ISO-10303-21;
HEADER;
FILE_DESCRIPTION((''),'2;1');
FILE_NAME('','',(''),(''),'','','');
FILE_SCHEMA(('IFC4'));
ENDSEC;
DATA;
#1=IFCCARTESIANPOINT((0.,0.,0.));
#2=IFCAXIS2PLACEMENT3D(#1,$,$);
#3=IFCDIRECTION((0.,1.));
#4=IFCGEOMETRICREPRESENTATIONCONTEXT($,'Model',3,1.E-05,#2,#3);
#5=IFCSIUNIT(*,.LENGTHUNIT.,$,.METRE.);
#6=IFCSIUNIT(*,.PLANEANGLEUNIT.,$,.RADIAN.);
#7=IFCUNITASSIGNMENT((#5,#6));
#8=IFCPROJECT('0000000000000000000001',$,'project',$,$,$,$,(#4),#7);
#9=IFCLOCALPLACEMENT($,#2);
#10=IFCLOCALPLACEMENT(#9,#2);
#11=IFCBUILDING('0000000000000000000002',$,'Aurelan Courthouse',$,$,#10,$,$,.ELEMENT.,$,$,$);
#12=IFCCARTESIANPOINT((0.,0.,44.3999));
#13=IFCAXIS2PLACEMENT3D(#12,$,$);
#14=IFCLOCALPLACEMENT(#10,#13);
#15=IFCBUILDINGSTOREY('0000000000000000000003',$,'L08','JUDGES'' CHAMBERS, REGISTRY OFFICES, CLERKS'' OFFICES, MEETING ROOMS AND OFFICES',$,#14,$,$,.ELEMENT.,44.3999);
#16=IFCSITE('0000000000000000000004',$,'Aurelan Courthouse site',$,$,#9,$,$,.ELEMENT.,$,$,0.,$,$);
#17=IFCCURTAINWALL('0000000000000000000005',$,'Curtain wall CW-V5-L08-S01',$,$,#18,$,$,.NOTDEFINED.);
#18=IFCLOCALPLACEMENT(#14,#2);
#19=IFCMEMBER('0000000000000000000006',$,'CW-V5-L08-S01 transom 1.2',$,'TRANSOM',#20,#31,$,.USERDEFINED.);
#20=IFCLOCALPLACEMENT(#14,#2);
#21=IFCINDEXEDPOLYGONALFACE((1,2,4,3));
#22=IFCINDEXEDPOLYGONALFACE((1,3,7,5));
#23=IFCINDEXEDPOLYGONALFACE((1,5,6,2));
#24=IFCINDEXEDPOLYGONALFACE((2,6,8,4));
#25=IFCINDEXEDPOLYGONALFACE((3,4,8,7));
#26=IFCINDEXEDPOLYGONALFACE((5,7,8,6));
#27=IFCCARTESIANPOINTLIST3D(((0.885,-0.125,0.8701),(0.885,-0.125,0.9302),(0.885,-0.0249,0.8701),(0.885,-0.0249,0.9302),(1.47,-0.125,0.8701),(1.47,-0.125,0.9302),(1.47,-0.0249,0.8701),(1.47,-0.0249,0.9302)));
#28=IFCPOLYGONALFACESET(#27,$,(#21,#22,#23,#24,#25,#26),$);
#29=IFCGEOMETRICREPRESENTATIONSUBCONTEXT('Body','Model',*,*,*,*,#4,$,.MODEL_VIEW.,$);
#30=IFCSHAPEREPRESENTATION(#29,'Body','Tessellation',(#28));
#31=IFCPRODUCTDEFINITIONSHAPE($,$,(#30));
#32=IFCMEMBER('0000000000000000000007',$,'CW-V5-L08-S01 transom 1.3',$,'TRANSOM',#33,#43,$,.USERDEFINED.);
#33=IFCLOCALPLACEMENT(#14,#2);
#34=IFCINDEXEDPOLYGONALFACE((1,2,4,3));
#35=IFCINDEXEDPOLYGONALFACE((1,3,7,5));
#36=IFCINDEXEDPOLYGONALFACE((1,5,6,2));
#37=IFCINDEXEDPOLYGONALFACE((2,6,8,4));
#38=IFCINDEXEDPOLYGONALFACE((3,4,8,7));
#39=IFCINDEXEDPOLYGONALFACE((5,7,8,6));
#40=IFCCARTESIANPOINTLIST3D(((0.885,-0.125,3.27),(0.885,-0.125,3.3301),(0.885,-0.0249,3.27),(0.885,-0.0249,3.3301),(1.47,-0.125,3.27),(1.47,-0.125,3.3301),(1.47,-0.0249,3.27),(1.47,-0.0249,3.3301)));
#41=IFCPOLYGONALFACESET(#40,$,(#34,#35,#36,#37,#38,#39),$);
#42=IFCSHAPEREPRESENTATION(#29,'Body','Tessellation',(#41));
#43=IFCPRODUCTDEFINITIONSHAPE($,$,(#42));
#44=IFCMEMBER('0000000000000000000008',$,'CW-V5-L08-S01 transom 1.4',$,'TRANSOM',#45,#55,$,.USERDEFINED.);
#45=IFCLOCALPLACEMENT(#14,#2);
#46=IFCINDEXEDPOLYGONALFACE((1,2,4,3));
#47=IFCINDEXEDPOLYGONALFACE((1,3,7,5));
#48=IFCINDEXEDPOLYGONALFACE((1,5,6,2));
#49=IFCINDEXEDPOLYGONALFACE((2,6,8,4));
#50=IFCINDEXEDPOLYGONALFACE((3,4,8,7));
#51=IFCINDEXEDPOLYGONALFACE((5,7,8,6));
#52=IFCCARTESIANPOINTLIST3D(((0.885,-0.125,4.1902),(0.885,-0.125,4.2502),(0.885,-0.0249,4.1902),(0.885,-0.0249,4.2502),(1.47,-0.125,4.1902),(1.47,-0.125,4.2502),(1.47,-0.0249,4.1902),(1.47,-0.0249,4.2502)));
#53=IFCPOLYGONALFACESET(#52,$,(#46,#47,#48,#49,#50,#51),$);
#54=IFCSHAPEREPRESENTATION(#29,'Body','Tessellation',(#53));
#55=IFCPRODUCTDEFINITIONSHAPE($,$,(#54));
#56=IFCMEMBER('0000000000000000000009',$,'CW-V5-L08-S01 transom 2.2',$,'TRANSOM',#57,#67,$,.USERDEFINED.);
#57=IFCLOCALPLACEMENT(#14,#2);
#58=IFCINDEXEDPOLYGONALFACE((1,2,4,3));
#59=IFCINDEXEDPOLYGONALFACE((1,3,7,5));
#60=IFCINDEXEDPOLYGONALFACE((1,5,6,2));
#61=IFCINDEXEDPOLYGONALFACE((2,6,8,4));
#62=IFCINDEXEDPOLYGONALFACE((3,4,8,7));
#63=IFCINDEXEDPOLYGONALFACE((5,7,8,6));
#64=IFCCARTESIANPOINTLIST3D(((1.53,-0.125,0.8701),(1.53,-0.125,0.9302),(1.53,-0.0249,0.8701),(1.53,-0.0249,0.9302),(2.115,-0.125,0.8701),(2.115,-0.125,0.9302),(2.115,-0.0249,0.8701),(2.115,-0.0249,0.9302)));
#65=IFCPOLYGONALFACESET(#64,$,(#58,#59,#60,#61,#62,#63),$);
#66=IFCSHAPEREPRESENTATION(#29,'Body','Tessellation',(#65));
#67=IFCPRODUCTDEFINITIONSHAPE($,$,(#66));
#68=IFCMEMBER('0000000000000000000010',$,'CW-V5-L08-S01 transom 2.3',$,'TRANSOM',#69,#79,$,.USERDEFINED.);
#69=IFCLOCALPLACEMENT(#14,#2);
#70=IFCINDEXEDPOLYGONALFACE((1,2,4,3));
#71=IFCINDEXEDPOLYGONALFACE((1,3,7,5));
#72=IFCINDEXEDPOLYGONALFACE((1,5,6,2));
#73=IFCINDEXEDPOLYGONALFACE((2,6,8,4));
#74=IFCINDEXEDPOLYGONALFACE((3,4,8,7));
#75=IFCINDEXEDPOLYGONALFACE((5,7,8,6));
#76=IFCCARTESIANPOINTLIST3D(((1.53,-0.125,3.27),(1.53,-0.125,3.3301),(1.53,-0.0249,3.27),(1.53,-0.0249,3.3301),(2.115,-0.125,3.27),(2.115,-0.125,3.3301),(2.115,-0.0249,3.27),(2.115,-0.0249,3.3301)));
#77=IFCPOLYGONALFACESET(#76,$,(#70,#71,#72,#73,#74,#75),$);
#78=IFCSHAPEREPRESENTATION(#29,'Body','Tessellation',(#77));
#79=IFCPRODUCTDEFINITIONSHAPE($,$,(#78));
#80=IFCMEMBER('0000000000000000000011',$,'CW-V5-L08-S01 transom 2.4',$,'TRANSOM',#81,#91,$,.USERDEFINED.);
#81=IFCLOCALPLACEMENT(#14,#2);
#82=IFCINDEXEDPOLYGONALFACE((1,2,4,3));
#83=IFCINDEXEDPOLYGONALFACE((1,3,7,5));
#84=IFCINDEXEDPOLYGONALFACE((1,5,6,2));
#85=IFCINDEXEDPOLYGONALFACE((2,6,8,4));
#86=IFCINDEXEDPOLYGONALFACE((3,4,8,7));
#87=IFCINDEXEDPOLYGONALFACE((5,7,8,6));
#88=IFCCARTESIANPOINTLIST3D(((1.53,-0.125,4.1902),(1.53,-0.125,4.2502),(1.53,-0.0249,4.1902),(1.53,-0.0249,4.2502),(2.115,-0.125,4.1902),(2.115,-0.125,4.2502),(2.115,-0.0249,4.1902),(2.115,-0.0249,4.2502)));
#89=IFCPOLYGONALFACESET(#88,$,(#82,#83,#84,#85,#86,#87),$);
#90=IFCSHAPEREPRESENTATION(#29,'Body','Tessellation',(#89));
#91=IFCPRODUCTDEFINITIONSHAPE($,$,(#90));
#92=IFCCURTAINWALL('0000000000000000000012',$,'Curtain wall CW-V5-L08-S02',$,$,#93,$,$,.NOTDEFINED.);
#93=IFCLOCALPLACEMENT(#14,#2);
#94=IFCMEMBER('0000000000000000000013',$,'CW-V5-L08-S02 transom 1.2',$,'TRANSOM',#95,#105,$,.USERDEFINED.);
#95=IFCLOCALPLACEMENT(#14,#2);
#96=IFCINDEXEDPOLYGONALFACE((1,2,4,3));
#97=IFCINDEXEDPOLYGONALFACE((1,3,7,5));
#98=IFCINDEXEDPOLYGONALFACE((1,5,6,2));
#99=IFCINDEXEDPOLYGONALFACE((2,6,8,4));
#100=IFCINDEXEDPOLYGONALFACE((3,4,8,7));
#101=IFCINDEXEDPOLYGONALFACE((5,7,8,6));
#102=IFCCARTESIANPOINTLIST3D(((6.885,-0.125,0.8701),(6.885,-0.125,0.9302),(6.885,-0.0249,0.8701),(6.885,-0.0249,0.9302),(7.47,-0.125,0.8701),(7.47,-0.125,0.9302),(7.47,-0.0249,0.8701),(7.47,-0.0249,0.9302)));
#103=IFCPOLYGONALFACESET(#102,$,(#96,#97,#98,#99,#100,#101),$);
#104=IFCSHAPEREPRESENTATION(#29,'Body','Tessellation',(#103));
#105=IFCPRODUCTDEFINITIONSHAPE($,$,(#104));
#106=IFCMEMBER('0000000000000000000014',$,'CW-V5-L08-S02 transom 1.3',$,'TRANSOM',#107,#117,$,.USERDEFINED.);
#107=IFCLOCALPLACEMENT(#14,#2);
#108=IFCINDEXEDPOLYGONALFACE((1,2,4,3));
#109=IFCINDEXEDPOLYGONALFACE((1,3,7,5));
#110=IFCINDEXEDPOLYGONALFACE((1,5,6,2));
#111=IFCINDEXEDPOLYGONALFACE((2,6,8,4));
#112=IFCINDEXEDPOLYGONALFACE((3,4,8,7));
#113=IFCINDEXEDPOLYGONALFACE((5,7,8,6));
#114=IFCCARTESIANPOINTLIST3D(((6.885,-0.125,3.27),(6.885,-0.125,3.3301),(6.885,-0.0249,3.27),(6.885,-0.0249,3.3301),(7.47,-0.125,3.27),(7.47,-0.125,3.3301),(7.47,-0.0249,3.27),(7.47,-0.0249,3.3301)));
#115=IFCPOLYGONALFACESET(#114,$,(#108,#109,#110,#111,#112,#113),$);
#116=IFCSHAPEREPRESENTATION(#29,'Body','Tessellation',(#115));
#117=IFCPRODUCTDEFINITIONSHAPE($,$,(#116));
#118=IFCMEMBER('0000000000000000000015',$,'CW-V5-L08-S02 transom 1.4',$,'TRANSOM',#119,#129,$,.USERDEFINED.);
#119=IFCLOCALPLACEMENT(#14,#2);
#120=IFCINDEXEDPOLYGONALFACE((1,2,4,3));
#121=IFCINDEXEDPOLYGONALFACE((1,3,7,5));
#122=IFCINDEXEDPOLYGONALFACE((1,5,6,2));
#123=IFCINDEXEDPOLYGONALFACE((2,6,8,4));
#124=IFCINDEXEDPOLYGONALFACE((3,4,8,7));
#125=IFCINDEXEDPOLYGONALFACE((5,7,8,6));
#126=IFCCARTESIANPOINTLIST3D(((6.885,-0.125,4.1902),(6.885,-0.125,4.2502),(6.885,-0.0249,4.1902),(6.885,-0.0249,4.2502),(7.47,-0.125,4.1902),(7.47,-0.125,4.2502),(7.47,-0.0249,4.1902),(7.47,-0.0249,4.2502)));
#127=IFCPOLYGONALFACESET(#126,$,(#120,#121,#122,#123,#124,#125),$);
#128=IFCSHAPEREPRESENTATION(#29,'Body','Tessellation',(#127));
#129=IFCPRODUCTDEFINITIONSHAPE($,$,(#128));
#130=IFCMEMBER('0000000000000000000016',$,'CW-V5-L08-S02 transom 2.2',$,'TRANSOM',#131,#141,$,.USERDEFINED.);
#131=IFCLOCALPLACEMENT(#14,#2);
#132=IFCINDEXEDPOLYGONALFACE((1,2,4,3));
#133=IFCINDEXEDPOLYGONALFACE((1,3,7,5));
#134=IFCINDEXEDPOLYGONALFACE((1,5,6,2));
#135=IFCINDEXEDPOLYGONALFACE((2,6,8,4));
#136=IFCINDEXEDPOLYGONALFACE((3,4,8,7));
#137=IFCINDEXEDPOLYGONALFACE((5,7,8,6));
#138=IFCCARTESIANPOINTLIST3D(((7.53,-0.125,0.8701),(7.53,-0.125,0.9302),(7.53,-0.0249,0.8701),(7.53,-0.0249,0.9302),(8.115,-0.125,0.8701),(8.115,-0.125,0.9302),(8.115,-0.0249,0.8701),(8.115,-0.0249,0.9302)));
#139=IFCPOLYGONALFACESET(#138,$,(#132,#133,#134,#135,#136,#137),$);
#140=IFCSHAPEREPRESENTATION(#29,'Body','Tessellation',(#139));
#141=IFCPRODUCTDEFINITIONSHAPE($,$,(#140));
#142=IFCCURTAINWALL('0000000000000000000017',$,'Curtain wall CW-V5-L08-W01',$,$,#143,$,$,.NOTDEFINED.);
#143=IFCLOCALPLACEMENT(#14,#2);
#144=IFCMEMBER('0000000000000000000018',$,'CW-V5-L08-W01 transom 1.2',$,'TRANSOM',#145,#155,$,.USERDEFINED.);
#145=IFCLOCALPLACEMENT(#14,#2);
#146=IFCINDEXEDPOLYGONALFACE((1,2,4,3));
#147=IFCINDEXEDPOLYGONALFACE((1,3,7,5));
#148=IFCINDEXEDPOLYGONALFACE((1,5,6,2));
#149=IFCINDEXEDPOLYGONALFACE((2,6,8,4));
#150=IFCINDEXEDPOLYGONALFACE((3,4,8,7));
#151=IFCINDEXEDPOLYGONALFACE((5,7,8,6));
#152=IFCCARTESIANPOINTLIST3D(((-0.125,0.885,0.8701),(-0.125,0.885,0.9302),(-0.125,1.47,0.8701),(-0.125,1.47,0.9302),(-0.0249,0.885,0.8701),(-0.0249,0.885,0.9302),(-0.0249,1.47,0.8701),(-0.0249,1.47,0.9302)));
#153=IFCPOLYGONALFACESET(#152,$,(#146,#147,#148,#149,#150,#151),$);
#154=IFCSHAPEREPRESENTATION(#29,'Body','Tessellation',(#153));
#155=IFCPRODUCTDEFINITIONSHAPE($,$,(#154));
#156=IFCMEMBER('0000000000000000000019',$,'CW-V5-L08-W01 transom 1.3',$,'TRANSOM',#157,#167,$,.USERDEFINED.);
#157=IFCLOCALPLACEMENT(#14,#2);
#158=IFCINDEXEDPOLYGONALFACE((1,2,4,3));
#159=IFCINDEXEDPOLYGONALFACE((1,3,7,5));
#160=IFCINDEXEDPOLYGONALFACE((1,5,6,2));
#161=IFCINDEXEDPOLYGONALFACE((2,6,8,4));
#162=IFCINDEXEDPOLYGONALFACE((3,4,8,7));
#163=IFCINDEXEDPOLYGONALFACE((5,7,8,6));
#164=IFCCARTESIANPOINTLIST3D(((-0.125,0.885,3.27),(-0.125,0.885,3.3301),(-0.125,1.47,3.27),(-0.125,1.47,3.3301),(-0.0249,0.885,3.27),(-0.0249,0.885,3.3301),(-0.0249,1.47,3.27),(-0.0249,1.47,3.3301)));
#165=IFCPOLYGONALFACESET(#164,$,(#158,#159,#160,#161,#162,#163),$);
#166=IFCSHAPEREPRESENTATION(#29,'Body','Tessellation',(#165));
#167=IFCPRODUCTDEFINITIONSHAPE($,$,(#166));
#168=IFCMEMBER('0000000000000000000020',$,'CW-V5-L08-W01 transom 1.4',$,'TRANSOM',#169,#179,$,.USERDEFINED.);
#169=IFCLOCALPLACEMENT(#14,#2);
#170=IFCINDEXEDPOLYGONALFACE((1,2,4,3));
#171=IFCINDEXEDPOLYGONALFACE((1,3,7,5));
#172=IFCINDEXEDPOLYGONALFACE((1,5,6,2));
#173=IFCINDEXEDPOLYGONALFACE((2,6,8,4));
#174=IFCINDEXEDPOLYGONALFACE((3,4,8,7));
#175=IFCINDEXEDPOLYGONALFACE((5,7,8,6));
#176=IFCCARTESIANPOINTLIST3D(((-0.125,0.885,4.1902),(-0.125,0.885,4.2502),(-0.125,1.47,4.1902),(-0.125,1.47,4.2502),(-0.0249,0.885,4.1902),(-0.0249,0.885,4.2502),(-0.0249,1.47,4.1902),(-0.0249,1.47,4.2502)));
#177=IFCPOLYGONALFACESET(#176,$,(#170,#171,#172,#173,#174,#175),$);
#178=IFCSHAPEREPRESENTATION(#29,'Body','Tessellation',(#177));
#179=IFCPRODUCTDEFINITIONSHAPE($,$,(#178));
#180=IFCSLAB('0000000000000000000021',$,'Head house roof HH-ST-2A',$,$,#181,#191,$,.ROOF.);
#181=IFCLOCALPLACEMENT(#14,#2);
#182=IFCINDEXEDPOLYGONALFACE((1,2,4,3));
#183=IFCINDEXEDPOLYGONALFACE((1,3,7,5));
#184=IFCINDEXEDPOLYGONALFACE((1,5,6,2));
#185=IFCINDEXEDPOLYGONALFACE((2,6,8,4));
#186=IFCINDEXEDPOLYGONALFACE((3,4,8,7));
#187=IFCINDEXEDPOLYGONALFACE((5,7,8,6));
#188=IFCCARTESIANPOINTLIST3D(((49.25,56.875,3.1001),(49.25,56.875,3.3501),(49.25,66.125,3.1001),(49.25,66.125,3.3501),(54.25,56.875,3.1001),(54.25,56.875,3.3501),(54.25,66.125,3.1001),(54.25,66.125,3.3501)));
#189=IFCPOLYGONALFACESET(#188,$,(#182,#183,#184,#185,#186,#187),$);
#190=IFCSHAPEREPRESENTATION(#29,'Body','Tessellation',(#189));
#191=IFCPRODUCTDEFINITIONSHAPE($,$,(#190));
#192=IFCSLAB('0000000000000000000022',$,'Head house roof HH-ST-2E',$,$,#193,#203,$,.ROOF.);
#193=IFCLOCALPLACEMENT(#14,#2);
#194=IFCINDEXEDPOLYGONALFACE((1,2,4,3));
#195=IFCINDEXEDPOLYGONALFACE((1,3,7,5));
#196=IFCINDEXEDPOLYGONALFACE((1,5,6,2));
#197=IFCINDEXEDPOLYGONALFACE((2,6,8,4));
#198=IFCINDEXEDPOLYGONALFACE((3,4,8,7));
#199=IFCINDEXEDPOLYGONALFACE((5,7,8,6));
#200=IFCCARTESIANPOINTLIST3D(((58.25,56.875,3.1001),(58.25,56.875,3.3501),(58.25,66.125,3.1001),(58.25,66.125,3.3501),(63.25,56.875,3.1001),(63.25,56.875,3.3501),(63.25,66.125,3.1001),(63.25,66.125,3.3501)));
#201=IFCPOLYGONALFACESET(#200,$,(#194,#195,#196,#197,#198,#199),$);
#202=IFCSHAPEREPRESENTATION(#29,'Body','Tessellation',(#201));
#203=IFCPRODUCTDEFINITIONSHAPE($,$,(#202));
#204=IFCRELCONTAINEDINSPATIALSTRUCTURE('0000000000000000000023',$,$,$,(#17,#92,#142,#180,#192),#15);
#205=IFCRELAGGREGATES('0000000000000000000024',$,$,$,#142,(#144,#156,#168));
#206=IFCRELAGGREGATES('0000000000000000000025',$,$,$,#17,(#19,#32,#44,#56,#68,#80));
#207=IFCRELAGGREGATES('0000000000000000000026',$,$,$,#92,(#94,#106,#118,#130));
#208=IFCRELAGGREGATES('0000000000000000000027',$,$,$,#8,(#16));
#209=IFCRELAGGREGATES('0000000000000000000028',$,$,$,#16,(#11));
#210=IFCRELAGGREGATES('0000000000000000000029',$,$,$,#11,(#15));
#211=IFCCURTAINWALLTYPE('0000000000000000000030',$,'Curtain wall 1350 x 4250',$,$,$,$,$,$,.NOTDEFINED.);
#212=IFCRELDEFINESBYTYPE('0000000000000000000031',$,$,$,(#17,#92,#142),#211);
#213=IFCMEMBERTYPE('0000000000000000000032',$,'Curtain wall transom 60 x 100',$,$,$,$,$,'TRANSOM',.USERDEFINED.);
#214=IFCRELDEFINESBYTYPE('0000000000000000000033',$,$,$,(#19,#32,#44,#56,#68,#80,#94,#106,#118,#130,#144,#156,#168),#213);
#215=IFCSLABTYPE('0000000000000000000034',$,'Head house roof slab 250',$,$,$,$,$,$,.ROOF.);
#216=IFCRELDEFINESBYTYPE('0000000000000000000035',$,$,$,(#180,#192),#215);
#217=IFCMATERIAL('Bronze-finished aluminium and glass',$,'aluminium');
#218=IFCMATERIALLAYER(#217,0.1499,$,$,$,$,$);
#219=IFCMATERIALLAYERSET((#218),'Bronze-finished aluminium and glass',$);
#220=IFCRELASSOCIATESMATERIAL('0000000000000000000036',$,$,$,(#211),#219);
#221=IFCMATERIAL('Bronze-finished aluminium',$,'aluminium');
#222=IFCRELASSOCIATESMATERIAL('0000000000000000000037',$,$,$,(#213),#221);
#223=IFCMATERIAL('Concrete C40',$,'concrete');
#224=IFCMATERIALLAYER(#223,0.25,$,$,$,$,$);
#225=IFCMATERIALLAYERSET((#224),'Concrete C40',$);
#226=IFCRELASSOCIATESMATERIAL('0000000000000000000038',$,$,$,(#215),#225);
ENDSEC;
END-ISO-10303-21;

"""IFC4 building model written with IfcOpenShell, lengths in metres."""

from ifc_helpers import new_model, si_unit, direction, frame, origin, origin_2d, place, context, subcontext, project, spatial, polyline, rectangle, outline, extrude, material, layer, layer_set, material_profile, profile_set, type_object, element, aggregate, save


model = new_model("IFC4")

# Units and contexts
model_context = context("Model", 3, precision=1e-05, world=origin(), true_north=direction((0.0, 1.0)))
body_context = subcontext(model_context, "Body", "Model", "MODEL_VIEW")
ifc_project = project(units=[si_unit("LENGTHUNIT", "METRE"), si_unit("PLANEANGLEUNIT", "RADIAN")], contexts=[model_context])

# Site, building, storey
site_placement = place(None, origin())
site = spatial("IfcSite", under=ifc_project, at=site_placement, Name="Aurelan Courthouse site", CompositionType="ELEMENT", RefElevation=0.0)
building_placement = place(site_placement, origin())
building = spatial("IfcBuilding", under=site, at=building_placement, Name="Aurelan Courthouse", CompositionType="ELEMENT")
storey_placement = place(building_placement, frame((0.0, 0.0, 44.3999)))
storey = spatial("IfcBuildingStorey", under=building, at=storey_placement, Name="L08", Description="JUDGES' CHAMBERS, REGISTRY OFFICES, CLERKS' OFFICES, MEETING ROOMS AND OFFICES", CompositionType="ELEMENT", Elevation=44.3999)

# Curtain walls, members
ifc_material_1 = material(Name="Bronze-finished aluminium and glass", Category="aluminium")
ifc_layer_1 = layer(ifc_material_1, 0.1499)
ifc_layer_set_1 = layer_set([ifc_layer_1], Name="Bronze-finished aluminium and glass")
curtain_wall_type = type_object("IfcCurtainWallType", Name="Curtain wall 1350 x 4250", PredefinedType="NOTDEFINED", material=ifc_layer_set_1)
curtain_wall_1_placement = place(storey_placement, origin())
curtain_wall_1 = element("IfcCurtainWall", 1, at=curtain_wall_1_placement, inside=storey, type_object=curtain_wall_type, Name="Curtain wall CW-V5-L08-S01", PredefinedType="NOTDEFINED")
ifc_material_2 = material(Name="Bronze-finished aluminium", Category="aluminium")
ifc_material_profile = material_profile(ifc_material_2, rectangle(XDim=0.1001, YDim=0.0601, at=origin_2d()), Name="Bronze transom 60 x 100")
ifc_profile_set = profile_set([ifc_material_profile], Name="Bronze-finished aluminium")
member_type = type_object("IfcMemberType", Name="Curtain wall transom 60 x 100", ElementType="TRANSOM", PredefinedType="USERDEFINED", material=ifc_profile_set)
member_1_placement = place(storey_placement, frame((0.885, -0.075, 0.9001), z_axis=(1.0, 0.0, 0.0), x_axis=(0.0, 1.0, 0.0)))
member_1 = element("IfcMember", 2, at=member_1_placement, type_object=member_type, Name="CW-V5-L08-S01 transom 1.2", ObjectType="TRANSOM", PredefinedType="USERDEFINED", context=body_context, shape_type="SweptSolid", body=[
    extrude(rectangle(XDim=0.1001, YDim=0.0601, at=origin_2d()), origin(), (0.0, 0.0, 1.0), 0.585),
])
member_2_placement = place(storey_placement, frame((0.885, -0.075, 3.3), z_axis=(1.0, 0.0, 0.0), x_axis=(0.0, 1.0, 0.0)))
member_2 = element("IfcMember", 3, at=member_2_placement, type_object=member_type, Name="CW-V5-L08-S01 transom 1.3", ObjectType="TRANSOM", PredefinedType="USERDEFINED", context=body_context, shape_type="SweptSolid", body=[
    extrude(rectangle(XDim=0.1001, YDim=0.0601, at=origin_2d()), origin(), (0.0, 0.0, 1.0), 0.585),
])
member_3_placement = place(storey_placement, frame((0.885, -0.075, 4.2202), z_axis=(1.0, 0.0, 0.0), x_axis=(0.0, 1.0, 0.0)))
member_3 = element("IfcMember", 4, at=member_3_placement, type_object=member_type, Name="CW-V5-L08-S01 transom 1.4", ObjectType="TRANSOM", PredefinedType="USERDEFINED", context=body_context, shape_type="SweptSolid", body=[
    extrude(rectangle(XDim=0.1001, YDim=0.0601, at=origin_2d()), origin(), (0.0, 0.0, 1.0), 0.585),
])
member_4_placement = place(storey_placement, frame((1.53, -0.075, 0.9001), z_axis=(1.0, 0.0, 0.0), x_axis=(0.0, 1.0, 0.0)))
member_4 = element("IfcMember", 5, at=member_4_placement, type_object=member_type, Name="CW-V5-L08-S01 transom 2.2", ObjectType="TRANSOM", PredefinedType="USERDEFINED", context=body_context, shape_type="SweptSolid", body=[
    extrude(rectangle(XDim=0.1001, YDim=0.0601, at=origin_2d()), origin(), (0.0, 0.0, 1.0), 0.585),
])
member_5_placement = place(storey_placement, frame((1.53, -0.075, 3.3), z_axis=(1.0, 0.0, 0.0), x_axis=(0.0, 1.0, 0.0)))
member_5 = element("IfcMember", 6, at=member_5_placement, type_object=member_type, Name="CW-V5-L08-S01 transom 2.3", ObjectType="TRANSOM", PredefinedType="USERDEFINED", context=body_context, shape_type="SweptSolid", body=[
    extrude(rectangle(XDim=0.1001, YDim=0.0601, at=origin_2d()), origin(), (0.0, 0.0, 1.0), 0.585),
])
member_6_placement = place(storey_placement, frame((1.53, -0.075, 4.2202), z_axis=(1.0, 0.0, 0.0), x_axis=(0.0, 1.0, 0.0)))
member_6 = element("IfcMember", 7, at=member_6_placement, type_object=member_type, Name="CW-V5-L08-S01 transom 2.4", ObjectType="TRANSOM", PredefinedType="USERDEFINED", context=body_context, shape_type="SweptSolid", body=[
    extrude(rectangle(XDim=0.1001, YDim=0.0601, at=origin_2d()), origin(), (0.0, 0.0, 1.0), 0.585),
])
curtain_wall_2_placement = place(storey_placement, origin())
curtain_wall_2 = element("IfcCurtainWall", 8, at=curtain_wall_2_placement, inside=storey, type_object=curtain_wall_type, Name="Curtain wall CW-V5-L08-S02", PredefinedType="NOTDEFINED")
member_7_placement = place(storey_placement, frame((6.885, -0.075, 0.9001), z_axis=(1.0, 0.0, 0.0), x_axis=(0.0, 1.0, 0.0)))
member_7 = element("IfcMember", 9, at=member_7_placement, type_object=member_type, Name="CW-V5-L08-S02 transom 1.2", ObjectType="TRANSOM", PredefinedType="USERDEFINED", context=body_context, shape_type="SweptSolid", body=[
    extrude(rectangle(XDim=0.1001, YDim=0.0601, at=origin_2d()), origin(), (0.0, 0.0, 1.0), 0.585),
])
member_8_placement = place(storey_placement, frame((6.885, -0.075, 3.3), z_axis=(1.0, 0.0, 0.0), x_axis=(0.0, 1.0, 0.0)))
member_8 = element("IfcMember", 10, at=member_8_placement, type_object=member_type, Name="CW-V5-L08-S02 transom 1.3", ObjectType="TRANSOM", PredefinedType="USERDEFINED", context=body_context, shape_type="SweptSolid", body=[
    extrude(rectangle(XDim=0.1001, YDim=0.0601, at=origin_2d()), origin(), (0.0, 0.0, 1.0), 0.585),
])
member_9_placement = place(storey_placement, frame((6.885, -0.075, 4.2202), z_axis=(1.0, 0.0, 0.0), x_axis=(0.0, 1.0, 0.0)))
member_9 = element("IfcMember", 11, at=member_9_placement, type_object=member_type, Name="CW-V5-L08-S02 transom 1.4", ObjectType="TRANSOM", PredefinedType="USERDEFINED", context=body_context, shape_type="SweptSolid", body=[
    extrude(rectangle(XDim=0.1001, YDim=0.0601, at=origin_2d()), origin(), (0.0, 0.0, 1.0), 0.585),
])
member_10_placement = place(storey_placement, frame((7.53, -0.075, 0.9001), z_axis=(1.0, 0.0, 0.0), x_axis=(0.0, 1.0, 0.0)))
member_10 = element("IfcMember", 12, at=member_10_placement, type_object=member_type, Name="CW-V5-L08-S02 transom 2.2", ObjectType="TRANSOM", PredefinedType="USERDEFINED", context=body_context, shape_type="SweptSolid", body=[
    extrude(rectangle(XDim=0.1001, YDim=0.0601, at=origin_2d()), origin(), (0.0, 0.0, 1.0), 0.585),
])
curtain_wall_3_placement = place(storey_placement, origin())
curtain_wall_3 = element("IfcCurtainWall", 13, at=curtain_wall_3_placement, inside=storey, type_object=curtain_wall_type, Name="Curtain wall CW-V5-L08-W01", PredefinedType="NOTDEFINED")
member_11_placement = place(storey_placement, frame((-0.075, 0.885, 0.9001), z_axis=(0.0, 1.0, 0.0), x_axis=(-1.0, 0.0, 0.0)))
member_11 = element("IfcMember", 14, at=member_11_placement, type_object=member_type, Name="CW-V5-L08-W01 transom 1.2", ObjectType="TRANSOM", PredefinedType="USERDEFINED", context=body_context, shape_type="SweptSolid", body=[
    extrude(rectangle(XDim=0.1001, YDim=0.0601, at=origin_2d()), origin(), (0.0, 0.0, 1.0), 0.585),
])
member_12_placement = place(storey_placement, frame((-0.075, 0.885, 3.3), z_axis=(0.0, 1.0, 0.0), x_axis=(-1.0, 0.0, 0.0)))
member_12 = element("IfcMember", 15, at=member_12_placement, type_object=member_type, Name="CW-V5-L08-W01 transom 1.3", ObjectType="TRANSOM", PredefinedType="USERDEFINED", context=body_context, shape_type="SweptSolid", body=[
    extrude(rectangle(XDim=0.1001, YDim=0.0601, at=origin_2d()), origin(), (0.0, 0.0, 1.0), 0.585),
])
member_13_placement = place(storey_placement, frame((-0.075, 0.885, 4.2202), z_axis=(0.0, 1.0, 0.0), x_axis=(-1.0, 0.0, 0.0)))
member_13 = element("IfcMember", 16, at=member_13_placement, type_object=member_type, Name="CW-V5-L08-W01 transom 1.4", ObjectType="TRANSOM", PredefinedType="USERDEFINED", context=body_context, shape_type="SweptSolid", body=[
    extrude(rectangle(XDim=0.1001, YDim=0.0601, at=origin_2d()), origin(), (0.0, 0.0, 1.0), 0.585),
])
aggregate(curtain_wall_3, [member_11, member_12, member_13])

# Slabs
ifc_material_3 = material(Name="Concrete C40", Category="concrete")
ifc_layer_2 = layer(ifc_material_3, 0.25)
ifc_layer_set_2 = layer_set([ifc_layer_2], Name="Concrete C40")
slab_type_1 = type_object("IfcSlabType", Name="Head house roof slab 250", PredefinedType="ROOF", material=ifc_layer_set_2)
slab_1_placement = place(storey_placement, frame((0.0, 0.0, 3.1001)))
element("IfcSlab", 17, at=slab_1_placement, inside=storey, type_object=slab_type_1, Name="Head house roof HH-ST-2A", PredefinedType="ROOF", context=body_context, shape_type="SweptSolid", body=[
    extrude(outline(polyline([(49.25, 56.875), (54.25, 56.875), (54.25, 66.125), (49.25, 66.125), (49.25, 56.875)])), origin(), (0.0, 0.0, 1.0), 0.25),
])
slab_2_placement = place(storey_placement, frame((0.0, 0.0, 3.1001)))
element("IfcSlab", 18, at=slab_2_placement, inside=storey, type_object=slab_type_1, Name="Head house roof HH-ST-2E", PredefinedType="ROOF", context=body_context, shape_type="SweptSolid", body=[
    extrude(outline(polyline([(58.25, 56.875), (63.25, 56.875), (63.25, 66.125), (58.25, 66.125), (58.25, 56.875)])), origin(), (0.0, 0.0, 1.0), 0.25),
])

aggregate(curtain_wall_1, [member_1, member_2, member_3, member_4, member_5, member_6])
aggregate(curtain_wall_2, [member_7, member_8, member_9, member_10])

save(model, "model.ifc")
